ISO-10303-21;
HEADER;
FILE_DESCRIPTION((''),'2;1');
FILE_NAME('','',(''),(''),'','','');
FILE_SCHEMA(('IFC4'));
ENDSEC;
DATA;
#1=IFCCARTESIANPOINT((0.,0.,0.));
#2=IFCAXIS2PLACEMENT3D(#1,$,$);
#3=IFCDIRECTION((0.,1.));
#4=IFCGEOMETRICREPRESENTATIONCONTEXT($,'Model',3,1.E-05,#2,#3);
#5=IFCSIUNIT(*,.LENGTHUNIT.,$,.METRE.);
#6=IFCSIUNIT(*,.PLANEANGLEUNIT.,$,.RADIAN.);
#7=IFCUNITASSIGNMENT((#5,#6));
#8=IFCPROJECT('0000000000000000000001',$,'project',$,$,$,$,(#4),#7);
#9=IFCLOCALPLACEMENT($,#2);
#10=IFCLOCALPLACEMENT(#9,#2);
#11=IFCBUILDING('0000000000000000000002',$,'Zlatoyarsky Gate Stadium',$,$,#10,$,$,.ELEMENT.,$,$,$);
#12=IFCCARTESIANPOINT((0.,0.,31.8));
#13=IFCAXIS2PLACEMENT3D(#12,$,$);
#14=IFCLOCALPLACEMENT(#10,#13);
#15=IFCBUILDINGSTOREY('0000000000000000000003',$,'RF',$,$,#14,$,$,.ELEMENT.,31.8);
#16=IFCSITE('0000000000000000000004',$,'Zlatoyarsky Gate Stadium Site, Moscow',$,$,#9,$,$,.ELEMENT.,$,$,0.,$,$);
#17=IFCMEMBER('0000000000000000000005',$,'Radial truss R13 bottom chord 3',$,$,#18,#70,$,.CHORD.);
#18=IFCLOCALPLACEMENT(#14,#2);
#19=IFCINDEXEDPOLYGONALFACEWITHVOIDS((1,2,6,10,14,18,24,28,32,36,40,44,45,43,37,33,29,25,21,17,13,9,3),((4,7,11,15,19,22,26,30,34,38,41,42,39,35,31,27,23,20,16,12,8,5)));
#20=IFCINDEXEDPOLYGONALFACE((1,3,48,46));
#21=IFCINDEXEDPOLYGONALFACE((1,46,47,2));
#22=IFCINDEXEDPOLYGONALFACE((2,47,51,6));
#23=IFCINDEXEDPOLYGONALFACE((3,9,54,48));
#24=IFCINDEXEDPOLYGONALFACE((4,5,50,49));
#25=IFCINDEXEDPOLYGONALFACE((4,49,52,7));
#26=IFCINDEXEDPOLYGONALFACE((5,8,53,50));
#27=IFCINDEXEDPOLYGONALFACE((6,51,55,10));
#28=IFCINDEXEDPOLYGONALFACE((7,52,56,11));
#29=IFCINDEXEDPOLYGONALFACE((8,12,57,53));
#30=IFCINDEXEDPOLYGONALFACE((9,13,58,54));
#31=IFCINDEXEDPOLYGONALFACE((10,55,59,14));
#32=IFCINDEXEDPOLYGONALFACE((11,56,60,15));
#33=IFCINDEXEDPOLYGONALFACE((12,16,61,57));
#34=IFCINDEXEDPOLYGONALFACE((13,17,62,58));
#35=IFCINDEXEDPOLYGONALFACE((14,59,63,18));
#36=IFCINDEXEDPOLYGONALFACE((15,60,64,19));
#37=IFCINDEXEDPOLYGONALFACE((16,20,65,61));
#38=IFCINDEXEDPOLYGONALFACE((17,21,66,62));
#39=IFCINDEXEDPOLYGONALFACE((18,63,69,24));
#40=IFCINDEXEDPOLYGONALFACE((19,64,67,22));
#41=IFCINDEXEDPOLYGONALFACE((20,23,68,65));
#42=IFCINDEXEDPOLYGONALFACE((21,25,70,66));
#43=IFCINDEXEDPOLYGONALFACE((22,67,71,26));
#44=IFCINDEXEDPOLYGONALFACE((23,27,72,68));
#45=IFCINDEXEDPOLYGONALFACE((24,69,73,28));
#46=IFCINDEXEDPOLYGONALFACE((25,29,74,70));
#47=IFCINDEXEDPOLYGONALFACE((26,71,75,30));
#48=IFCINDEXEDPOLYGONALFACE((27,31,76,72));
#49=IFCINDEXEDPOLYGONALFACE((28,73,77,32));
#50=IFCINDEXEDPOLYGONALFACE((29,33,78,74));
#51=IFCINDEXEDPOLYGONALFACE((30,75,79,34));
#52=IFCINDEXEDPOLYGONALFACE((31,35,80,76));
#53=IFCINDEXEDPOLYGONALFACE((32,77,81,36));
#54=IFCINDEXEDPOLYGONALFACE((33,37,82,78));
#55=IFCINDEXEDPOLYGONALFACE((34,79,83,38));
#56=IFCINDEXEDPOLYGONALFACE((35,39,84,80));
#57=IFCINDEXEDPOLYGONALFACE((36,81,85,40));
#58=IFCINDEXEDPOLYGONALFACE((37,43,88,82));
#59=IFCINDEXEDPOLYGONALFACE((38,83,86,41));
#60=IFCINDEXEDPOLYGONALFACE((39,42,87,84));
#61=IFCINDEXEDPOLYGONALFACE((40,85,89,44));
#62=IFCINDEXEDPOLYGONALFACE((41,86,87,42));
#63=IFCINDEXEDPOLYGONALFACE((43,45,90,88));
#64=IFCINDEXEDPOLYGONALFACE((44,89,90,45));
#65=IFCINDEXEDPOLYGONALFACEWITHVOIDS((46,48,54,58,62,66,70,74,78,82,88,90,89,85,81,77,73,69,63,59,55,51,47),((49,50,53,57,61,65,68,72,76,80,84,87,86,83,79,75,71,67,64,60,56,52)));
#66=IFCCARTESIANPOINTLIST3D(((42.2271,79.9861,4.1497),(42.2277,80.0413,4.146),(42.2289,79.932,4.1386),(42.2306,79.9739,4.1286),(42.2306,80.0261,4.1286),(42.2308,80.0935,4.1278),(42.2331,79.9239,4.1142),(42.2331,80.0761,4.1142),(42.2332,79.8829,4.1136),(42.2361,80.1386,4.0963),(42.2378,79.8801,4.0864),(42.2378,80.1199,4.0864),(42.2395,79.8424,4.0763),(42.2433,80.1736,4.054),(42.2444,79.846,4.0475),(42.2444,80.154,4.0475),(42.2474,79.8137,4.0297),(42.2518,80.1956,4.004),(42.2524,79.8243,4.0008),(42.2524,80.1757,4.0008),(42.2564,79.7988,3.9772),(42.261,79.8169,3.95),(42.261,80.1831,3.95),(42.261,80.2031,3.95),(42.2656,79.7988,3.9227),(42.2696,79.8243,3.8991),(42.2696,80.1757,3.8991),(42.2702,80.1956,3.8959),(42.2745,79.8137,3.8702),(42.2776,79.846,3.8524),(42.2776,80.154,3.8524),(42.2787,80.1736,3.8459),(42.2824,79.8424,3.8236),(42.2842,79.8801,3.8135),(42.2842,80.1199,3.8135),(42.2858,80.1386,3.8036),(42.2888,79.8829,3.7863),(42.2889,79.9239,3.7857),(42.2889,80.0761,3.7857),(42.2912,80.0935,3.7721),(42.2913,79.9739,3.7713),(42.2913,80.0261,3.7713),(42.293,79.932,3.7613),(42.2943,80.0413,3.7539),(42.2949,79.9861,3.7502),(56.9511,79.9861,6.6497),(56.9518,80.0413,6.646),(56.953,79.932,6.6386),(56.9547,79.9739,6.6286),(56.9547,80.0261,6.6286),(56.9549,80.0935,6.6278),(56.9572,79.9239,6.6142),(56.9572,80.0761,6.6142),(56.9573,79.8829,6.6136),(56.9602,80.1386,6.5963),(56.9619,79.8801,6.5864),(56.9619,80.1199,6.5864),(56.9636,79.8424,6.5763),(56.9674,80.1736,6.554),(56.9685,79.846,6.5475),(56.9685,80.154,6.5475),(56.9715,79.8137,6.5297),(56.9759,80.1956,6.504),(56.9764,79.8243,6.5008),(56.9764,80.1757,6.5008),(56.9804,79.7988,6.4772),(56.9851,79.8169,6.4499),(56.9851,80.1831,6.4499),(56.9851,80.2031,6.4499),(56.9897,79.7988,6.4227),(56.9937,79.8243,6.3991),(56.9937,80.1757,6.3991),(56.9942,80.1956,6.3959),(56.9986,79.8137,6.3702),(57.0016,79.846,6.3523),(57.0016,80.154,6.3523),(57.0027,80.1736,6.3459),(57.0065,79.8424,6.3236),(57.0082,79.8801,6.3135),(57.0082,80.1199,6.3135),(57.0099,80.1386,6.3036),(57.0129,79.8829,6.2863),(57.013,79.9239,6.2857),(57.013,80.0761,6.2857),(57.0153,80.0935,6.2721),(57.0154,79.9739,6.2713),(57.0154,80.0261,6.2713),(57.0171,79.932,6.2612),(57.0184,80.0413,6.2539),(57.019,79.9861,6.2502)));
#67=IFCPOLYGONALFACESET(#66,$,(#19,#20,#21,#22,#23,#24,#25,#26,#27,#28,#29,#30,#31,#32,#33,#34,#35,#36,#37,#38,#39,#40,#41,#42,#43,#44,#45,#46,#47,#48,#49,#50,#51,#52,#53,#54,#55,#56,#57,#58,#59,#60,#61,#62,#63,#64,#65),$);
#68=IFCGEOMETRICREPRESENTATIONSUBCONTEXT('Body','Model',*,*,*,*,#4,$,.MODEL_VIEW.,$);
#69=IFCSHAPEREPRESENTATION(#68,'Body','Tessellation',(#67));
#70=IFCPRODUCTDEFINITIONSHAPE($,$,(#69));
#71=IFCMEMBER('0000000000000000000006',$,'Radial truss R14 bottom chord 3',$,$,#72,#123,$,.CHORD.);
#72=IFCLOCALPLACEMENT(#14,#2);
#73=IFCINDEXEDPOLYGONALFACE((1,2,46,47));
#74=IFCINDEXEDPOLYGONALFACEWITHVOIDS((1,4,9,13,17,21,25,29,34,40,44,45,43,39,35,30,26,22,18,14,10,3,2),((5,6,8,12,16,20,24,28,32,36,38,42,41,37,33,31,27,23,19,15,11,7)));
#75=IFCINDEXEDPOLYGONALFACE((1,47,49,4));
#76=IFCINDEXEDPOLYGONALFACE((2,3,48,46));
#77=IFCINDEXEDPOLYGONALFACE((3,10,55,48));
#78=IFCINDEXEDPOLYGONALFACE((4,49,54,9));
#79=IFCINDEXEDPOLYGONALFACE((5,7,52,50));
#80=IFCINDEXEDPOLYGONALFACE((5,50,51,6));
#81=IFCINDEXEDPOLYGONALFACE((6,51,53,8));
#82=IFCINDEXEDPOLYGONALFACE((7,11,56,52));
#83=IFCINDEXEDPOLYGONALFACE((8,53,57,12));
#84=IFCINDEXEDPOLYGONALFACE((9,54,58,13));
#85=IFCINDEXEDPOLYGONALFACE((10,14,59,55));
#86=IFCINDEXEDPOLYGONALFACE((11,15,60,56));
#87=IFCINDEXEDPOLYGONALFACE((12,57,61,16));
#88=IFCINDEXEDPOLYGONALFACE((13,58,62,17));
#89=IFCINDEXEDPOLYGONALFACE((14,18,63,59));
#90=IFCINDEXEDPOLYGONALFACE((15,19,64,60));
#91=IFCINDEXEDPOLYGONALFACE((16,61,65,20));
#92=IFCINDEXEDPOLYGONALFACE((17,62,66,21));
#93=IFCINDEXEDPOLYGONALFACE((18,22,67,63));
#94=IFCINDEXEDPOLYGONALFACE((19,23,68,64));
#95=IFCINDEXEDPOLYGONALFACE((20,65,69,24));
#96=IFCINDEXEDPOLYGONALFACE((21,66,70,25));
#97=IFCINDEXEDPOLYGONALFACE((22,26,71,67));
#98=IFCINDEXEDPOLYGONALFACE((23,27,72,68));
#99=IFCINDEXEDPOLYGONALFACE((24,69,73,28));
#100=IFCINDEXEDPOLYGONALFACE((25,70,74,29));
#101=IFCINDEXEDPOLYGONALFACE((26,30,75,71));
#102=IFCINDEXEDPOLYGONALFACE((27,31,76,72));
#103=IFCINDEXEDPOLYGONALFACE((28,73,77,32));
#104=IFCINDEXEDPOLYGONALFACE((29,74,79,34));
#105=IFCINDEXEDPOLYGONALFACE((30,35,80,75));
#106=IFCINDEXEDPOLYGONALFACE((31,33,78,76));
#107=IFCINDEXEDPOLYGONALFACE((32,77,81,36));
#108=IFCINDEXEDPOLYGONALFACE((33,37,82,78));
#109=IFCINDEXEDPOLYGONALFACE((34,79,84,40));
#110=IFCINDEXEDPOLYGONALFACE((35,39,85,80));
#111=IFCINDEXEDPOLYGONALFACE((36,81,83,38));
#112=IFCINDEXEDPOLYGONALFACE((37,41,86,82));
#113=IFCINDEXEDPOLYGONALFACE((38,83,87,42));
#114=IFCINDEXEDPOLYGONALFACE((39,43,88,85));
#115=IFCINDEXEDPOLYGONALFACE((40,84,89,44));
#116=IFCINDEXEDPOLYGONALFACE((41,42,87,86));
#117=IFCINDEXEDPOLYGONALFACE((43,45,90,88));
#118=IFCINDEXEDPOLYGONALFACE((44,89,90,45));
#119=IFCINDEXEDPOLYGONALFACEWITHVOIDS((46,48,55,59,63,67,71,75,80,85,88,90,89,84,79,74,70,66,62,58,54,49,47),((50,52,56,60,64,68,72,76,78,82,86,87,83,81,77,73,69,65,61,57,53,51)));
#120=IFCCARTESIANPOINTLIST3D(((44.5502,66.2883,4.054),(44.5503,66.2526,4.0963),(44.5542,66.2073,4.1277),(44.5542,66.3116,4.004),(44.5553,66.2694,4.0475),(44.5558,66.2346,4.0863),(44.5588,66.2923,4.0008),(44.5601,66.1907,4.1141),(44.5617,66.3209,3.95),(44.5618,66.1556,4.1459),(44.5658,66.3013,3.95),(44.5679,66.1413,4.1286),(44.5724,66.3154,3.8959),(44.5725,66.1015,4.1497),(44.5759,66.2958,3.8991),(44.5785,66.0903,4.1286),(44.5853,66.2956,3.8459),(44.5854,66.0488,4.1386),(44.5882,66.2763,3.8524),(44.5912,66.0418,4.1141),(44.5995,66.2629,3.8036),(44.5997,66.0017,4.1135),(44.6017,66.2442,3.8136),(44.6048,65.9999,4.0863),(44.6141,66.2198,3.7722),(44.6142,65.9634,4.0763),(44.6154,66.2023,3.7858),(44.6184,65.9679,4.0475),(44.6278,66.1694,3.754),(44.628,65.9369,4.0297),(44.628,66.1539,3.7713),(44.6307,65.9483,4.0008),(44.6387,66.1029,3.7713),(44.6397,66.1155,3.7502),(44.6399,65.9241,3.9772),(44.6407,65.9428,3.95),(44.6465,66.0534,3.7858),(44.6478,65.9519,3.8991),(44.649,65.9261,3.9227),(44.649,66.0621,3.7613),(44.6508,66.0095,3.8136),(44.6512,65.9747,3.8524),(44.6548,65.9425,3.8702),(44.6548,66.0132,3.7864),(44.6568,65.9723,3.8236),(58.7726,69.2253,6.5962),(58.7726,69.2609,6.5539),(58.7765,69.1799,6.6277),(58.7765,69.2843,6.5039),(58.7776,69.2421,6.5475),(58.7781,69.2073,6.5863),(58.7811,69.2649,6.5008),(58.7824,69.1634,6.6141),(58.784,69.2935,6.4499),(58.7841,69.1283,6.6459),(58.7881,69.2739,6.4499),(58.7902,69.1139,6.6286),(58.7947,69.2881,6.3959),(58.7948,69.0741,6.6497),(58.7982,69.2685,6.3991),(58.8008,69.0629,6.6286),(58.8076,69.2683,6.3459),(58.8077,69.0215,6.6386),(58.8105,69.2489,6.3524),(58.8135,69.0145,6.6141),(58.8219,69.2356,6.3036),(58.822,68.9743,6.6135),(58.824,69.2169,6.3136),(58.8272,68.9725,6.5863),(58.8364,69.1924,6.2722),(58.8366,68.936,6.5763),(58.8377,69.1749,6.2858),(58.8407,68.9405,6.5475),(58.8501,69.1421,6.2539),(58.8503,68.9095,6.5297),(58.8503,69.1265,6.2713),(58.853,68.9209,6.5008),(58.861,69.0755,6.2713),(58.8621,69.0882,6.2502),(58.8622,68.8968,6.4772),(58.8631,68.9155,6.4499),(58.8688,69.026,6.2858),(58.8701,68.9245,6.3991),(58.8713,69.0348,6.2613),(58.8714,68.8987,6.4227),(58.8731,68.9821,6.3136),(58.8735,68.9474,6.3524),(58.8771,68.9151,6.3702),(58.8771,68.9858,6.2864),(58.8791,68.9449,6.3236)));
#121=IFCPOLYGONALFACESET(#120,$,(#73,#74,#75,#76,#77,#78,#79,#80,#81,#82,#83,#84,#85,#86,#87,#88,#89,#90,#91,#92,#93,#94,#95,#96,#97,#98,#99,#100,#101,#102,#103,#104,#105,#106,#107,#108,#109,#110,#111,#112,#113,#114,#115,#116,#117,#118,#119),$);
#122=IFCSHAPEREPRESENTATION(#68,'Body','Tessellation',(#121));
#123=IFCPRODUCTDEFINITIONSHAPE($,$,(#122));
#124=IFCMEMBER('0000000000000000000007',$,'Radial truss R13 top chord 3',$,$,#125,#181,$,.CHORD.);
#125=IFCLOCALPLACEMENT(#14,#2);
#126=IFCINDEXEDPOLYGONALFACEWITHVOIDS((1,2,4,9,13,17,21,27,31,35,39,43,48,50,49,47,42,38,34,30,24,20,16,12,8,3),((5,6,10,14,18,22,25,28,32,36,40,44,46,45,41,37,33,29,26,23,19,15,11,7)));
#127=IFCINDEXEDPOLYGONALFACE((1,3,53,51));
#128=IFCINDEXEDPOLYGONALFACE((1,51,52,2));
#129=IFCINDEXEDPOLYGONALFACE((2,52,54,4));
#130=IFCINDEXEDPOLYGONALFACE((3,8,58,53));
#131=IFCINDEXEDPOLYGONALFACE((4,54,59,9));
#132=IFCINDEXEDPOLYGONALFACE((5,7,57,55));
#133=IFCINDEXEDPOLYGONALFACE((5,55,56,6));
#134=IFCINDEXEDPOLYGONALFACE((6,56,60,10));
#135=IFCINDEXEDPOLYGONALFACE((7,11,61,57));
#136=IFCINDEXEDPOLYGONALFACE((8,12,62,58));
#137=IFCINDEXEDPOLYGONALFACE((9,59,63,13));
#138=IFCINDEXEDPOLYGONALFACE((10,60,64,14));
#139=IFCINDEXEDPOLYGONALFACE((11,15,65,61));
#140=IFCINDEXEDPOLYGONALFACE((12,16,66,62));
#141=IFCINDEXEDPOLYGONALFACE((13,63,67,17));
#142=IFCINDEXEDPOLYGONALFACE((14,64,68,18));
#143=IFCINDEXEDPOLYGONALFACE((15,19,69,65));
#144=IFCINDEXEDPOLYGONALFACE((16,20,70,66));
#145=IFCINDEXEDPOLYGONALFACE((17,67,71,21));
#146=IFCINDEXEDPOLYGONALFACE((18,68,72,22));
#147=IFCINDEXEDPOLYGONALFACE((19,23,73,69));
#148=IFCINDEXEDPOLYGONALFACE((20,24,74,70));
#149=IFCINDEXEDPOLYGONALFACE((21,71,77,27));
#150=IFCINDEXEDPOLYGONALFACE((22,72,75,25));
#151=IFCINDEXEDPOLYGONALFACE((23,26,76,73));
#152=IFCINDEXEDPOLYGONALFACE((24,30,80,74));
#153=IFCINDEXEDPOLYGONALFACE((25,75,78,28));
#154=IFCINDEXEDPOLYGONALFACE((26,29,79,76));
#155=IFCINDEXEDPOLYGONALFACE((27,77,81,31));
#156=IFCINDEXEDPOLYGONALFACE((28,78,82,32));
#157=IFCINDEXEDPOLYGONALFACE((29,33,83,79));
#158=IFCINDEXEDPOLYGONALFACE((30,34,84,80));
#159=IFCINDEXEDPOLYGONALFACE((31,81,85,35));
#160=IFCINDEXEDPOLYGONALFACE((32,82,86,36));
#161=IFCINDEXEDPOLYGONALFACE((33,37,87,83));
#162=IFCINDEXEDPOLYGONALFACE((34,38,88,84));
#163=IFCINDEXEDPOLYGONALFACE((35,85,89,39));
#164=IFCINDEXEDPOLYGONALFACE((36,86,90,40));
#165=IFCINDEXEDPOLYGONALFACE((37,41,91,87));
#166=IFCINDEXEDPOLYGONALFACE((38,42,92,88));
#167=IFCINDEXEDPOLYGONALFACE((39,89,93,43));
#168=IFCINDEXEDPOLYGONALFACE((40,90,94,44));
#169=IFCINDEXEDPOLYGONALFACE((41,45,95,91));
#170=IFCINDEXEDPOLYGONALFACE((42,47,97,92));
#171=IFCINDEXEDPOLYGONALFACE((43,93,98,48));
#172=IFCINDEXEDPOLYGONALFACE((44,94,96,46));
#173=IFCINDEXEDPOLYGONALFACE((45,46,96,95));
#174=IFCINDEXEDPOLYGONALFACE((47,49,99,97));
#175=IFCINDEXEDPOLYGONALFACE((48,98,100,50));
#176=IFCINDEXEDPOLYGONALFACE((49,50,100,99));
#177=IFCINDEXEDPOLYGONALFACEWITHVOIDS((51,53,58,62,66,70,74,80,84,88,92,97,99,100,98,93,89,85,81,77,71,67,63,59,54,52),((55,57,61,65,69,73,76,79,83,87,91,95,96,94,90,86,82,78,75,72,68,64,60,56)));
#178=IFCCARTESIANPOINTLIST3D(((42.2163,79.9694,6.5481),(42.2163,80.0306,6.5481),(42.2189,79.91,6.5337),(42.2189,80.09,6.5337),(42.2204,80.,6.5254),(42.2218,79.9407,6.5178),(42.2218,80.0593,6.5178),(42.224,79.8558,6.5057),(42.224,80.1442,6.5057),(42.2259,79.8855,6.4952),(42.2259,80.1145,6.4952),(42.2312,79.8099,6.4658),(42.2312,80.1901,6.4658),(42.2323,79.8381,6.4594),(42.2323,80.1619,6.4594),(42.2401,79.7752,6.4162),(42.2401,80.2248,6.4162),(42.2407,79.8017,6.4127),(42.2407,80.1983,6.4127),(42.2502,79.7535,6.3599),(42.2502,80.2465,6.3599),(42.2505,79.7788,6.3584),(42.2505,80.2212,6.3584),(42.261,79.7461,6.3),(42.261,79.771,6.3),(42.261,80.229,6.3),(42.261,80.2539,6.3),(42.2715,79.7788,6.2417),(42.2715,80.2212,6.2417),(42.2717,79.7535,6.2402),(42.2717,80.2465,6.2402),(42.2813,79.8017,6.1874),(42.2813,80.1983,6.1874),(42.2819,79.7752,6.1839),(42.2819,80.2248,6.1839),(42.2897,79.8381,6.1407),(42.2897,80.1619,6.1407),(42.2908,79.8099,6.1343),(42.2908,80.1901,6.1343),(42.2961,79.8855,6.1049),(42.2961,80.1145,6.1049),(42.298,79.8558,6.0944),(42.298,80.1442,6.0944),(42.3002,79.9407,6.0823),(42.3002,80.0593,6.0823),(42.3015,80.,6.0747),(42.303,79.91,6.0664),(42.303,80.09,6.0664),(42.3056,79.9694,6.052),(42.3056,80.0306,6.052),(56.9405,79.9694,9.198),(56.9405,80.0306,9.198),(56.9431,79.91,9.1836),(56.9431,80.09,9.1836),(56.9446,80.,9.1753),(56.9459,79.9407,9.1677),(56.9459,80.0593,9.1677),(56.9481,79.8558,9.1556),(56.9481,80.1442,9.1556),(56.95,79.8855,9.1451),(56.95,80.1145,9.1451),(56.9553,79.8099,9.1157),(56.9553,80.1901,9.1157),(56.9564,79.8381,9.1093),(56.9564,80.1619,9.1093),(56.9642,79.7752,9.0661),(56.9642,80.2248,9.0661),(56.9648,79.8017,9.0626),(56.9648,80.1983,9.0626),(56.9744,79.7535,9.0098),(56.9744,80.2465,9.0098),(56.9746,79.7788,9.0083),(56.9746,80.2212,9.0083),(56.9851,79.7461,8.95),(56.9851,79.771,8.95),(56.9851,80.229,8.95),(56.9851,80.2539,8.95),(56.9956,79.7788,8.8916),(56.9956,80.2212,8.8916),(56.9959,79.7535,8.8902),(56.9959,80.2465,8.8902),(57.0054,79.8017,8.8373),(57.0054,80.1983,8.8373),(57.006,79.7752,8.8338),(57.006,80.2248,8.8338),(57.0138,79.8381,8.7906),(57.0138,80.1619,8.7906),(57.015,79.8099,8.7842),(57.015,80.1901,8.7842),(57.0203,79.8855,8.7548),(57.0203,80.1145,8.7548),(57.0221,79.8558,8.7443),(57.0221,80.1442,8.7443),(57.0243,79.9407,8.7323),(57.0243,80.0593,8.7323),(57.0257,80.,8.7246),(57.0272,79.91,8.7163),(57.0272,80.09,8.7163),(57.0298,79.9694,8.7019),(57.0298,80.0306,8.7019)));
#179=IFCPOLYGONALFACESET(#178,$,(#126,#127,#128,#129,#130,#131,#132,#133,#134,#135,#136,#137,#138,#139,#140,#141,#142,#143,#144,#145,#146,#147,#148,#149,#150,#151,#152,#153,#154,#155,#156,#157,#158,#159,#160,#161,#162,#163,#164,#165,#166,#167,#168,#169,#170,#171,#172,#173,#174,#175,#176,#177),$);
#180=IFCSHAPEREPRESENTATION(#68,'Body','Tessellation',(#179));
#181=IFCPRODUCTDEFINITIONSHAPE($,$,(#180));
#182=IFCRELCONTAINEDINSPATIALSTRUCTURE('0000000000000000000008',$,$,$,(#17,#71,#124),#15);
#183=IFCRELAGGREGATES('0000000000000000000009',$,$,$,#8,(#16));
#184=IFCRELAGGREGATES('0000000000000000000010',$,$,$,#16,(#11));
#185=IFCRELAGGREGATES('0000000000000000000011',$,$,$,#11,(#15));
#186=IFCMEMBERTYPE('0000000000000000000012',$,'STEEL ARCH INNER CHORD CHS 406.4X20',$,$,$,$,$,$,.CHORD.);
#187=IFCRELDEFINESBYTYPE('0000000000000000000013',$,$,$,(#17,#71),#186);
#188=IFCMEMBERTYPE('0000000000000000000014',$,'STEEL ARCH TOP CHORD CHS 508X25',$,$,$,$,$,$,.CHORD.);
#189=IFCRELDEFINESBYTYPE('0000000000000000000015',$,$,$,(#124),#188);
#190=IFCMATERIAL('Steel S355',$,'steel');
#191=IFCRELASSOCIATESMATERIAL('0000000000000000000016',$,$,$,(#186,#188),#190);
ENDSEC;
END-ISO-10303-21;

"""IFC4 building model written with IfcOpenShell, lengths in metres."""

from ifc_helpers import new_model, si_unit, direction, frame, origin, origin_2d, place, context, subcontext, project, spatial, hollow_circle, extrude, material, material_profile, profile_set, type_object, element, save


model = new_model("IFC4")

# Units and contexts
model_context = context("Model", 3, precision=1e-05, world=origin(), true_north=direction((0.0, 1.0)))
body_context = subcontext(model_context, "Body", "Model", "MODEL_VIEW")
ifc_project = project(units=[si_unit("LENGTHUNIT", "METRE"), si_unit("PLANEANGLEUNIT", "RADIAN")], contexts=[model_context])

# Site, building, storey
site_placement = place(None, origin())
site = spatial("IfcSite", under=ifc_project, at=site_placement, Name="Zlatoyarsky Gate Stadium Site, Moscow", CompositionType="ELEMENT", RefElevation=0.0)
building_placement = place(site_placement, origin())
building = spatial("IfcBuilding", under=site, at=building_placement, Name="Zlatoyarsky Gate Stadium", CompositionType="ELEMENT")
storey_placement = place(building_placement, frame((0.0, 0.0, 31.8)))
storey = spatial("IfcBuildingStorey", under=building, at=storey_placement, Name="RF", CompositionType="ELEMENT", Elevation=31.8)

# Members
ifc_material_1 = material(Name="Steel S355", Category="steel")
ifc_material_profile_1 = material_profile(ifc_material_1, hollow_circle(Radius=0.2031, WallThickness=0.02, at=origin_2d()), Name="CHS 406.4X20")
ifc_profile_set_1 = profile_set([ifc_material_profile_1], Name="Steel S355")
member_type_1 = type_object("IfcMemberType", Name="STEEL ARCH INNER CHORD CHS 406.4X20", PredefinedType="CHORD", material=ifc_profile_set_1)
member_1_placement = place(storey_placement, frame((42.261, 80.0, 3.95), z_axis=(0.98589, 0.0, 0.167394), x_axis=(0.0, 1.0, 0.0)))
element("IfcMember", 1, at=member_1_placement, inside=storey, type_object=member_type_1, Name="Radial truss R13 bottom chord 3", PredefinedType="CHORD", context=body_context, shape_type="SweptSolid", body=[
    extrude(hollow_circle(Radius=0.2031, WallThickness=0.02, at=origin_2d()), origin(), (0.0, 0.0, 1.0), 14.9348),
])
member_2_placement = place(storey_placement, frame((44.6033, 66.1221, 3.95), z_axis=(0.964672, 0.201628, 0.169569), x_axis=(-0.204591, 0.978848, 0.0)))
element("IfcMember", 2, at=member_2_placement, inside=storey, type_object=member_type_1, Name="Radial truss R14 bottom chord 3", PredefinedType="CHORD", context=body_context, shape_type="SweptSolid", body=[
    extrude(hollow_circle(Radius=0.2031, WallThickness=0.02, at=origin_2d()), origin(), (0.0, 0.0, 1.0), 14.7432),
])
ifc_material_profile_2 = material_profile(ifc_material_1, hollow_circle(Radius=0.2539, WallThickness=0.0249, at=origin_2d()), Name="CHS 508X25")
ifc_profile_set_2 = profile_set([ifc_material_profile_2], Name="Steel S355")
member_type_2 = type_object("IfcMemberType", Name="STEEL ARCH TOP CHORD CHS 508X25", PredefinedType="CHORD", material=ifc_profile_set_2)
member_3_placement = place(storey_placement, frame((42.261, 80.0, 6.3), z_axis=(0.984188, 0.0, 0.177125), x_axis=(0.0, 1.0, 0.0)))
element("IfcMember", 3, at=member_3_placement, inside=storey, type_object=member_type_2, Name="Radial truss R13 top chord 3", PredefinedType="CHORD", context=body_context, shape_type="SweptSolid", body=[
    extrude(hollow_circle(Radius=0.2539, WallThickness=0.0249, at=origin_2d()), origin(), (0.0, 0.0, 1.0), 14.9607),
])

save(model, "model.ifc")
